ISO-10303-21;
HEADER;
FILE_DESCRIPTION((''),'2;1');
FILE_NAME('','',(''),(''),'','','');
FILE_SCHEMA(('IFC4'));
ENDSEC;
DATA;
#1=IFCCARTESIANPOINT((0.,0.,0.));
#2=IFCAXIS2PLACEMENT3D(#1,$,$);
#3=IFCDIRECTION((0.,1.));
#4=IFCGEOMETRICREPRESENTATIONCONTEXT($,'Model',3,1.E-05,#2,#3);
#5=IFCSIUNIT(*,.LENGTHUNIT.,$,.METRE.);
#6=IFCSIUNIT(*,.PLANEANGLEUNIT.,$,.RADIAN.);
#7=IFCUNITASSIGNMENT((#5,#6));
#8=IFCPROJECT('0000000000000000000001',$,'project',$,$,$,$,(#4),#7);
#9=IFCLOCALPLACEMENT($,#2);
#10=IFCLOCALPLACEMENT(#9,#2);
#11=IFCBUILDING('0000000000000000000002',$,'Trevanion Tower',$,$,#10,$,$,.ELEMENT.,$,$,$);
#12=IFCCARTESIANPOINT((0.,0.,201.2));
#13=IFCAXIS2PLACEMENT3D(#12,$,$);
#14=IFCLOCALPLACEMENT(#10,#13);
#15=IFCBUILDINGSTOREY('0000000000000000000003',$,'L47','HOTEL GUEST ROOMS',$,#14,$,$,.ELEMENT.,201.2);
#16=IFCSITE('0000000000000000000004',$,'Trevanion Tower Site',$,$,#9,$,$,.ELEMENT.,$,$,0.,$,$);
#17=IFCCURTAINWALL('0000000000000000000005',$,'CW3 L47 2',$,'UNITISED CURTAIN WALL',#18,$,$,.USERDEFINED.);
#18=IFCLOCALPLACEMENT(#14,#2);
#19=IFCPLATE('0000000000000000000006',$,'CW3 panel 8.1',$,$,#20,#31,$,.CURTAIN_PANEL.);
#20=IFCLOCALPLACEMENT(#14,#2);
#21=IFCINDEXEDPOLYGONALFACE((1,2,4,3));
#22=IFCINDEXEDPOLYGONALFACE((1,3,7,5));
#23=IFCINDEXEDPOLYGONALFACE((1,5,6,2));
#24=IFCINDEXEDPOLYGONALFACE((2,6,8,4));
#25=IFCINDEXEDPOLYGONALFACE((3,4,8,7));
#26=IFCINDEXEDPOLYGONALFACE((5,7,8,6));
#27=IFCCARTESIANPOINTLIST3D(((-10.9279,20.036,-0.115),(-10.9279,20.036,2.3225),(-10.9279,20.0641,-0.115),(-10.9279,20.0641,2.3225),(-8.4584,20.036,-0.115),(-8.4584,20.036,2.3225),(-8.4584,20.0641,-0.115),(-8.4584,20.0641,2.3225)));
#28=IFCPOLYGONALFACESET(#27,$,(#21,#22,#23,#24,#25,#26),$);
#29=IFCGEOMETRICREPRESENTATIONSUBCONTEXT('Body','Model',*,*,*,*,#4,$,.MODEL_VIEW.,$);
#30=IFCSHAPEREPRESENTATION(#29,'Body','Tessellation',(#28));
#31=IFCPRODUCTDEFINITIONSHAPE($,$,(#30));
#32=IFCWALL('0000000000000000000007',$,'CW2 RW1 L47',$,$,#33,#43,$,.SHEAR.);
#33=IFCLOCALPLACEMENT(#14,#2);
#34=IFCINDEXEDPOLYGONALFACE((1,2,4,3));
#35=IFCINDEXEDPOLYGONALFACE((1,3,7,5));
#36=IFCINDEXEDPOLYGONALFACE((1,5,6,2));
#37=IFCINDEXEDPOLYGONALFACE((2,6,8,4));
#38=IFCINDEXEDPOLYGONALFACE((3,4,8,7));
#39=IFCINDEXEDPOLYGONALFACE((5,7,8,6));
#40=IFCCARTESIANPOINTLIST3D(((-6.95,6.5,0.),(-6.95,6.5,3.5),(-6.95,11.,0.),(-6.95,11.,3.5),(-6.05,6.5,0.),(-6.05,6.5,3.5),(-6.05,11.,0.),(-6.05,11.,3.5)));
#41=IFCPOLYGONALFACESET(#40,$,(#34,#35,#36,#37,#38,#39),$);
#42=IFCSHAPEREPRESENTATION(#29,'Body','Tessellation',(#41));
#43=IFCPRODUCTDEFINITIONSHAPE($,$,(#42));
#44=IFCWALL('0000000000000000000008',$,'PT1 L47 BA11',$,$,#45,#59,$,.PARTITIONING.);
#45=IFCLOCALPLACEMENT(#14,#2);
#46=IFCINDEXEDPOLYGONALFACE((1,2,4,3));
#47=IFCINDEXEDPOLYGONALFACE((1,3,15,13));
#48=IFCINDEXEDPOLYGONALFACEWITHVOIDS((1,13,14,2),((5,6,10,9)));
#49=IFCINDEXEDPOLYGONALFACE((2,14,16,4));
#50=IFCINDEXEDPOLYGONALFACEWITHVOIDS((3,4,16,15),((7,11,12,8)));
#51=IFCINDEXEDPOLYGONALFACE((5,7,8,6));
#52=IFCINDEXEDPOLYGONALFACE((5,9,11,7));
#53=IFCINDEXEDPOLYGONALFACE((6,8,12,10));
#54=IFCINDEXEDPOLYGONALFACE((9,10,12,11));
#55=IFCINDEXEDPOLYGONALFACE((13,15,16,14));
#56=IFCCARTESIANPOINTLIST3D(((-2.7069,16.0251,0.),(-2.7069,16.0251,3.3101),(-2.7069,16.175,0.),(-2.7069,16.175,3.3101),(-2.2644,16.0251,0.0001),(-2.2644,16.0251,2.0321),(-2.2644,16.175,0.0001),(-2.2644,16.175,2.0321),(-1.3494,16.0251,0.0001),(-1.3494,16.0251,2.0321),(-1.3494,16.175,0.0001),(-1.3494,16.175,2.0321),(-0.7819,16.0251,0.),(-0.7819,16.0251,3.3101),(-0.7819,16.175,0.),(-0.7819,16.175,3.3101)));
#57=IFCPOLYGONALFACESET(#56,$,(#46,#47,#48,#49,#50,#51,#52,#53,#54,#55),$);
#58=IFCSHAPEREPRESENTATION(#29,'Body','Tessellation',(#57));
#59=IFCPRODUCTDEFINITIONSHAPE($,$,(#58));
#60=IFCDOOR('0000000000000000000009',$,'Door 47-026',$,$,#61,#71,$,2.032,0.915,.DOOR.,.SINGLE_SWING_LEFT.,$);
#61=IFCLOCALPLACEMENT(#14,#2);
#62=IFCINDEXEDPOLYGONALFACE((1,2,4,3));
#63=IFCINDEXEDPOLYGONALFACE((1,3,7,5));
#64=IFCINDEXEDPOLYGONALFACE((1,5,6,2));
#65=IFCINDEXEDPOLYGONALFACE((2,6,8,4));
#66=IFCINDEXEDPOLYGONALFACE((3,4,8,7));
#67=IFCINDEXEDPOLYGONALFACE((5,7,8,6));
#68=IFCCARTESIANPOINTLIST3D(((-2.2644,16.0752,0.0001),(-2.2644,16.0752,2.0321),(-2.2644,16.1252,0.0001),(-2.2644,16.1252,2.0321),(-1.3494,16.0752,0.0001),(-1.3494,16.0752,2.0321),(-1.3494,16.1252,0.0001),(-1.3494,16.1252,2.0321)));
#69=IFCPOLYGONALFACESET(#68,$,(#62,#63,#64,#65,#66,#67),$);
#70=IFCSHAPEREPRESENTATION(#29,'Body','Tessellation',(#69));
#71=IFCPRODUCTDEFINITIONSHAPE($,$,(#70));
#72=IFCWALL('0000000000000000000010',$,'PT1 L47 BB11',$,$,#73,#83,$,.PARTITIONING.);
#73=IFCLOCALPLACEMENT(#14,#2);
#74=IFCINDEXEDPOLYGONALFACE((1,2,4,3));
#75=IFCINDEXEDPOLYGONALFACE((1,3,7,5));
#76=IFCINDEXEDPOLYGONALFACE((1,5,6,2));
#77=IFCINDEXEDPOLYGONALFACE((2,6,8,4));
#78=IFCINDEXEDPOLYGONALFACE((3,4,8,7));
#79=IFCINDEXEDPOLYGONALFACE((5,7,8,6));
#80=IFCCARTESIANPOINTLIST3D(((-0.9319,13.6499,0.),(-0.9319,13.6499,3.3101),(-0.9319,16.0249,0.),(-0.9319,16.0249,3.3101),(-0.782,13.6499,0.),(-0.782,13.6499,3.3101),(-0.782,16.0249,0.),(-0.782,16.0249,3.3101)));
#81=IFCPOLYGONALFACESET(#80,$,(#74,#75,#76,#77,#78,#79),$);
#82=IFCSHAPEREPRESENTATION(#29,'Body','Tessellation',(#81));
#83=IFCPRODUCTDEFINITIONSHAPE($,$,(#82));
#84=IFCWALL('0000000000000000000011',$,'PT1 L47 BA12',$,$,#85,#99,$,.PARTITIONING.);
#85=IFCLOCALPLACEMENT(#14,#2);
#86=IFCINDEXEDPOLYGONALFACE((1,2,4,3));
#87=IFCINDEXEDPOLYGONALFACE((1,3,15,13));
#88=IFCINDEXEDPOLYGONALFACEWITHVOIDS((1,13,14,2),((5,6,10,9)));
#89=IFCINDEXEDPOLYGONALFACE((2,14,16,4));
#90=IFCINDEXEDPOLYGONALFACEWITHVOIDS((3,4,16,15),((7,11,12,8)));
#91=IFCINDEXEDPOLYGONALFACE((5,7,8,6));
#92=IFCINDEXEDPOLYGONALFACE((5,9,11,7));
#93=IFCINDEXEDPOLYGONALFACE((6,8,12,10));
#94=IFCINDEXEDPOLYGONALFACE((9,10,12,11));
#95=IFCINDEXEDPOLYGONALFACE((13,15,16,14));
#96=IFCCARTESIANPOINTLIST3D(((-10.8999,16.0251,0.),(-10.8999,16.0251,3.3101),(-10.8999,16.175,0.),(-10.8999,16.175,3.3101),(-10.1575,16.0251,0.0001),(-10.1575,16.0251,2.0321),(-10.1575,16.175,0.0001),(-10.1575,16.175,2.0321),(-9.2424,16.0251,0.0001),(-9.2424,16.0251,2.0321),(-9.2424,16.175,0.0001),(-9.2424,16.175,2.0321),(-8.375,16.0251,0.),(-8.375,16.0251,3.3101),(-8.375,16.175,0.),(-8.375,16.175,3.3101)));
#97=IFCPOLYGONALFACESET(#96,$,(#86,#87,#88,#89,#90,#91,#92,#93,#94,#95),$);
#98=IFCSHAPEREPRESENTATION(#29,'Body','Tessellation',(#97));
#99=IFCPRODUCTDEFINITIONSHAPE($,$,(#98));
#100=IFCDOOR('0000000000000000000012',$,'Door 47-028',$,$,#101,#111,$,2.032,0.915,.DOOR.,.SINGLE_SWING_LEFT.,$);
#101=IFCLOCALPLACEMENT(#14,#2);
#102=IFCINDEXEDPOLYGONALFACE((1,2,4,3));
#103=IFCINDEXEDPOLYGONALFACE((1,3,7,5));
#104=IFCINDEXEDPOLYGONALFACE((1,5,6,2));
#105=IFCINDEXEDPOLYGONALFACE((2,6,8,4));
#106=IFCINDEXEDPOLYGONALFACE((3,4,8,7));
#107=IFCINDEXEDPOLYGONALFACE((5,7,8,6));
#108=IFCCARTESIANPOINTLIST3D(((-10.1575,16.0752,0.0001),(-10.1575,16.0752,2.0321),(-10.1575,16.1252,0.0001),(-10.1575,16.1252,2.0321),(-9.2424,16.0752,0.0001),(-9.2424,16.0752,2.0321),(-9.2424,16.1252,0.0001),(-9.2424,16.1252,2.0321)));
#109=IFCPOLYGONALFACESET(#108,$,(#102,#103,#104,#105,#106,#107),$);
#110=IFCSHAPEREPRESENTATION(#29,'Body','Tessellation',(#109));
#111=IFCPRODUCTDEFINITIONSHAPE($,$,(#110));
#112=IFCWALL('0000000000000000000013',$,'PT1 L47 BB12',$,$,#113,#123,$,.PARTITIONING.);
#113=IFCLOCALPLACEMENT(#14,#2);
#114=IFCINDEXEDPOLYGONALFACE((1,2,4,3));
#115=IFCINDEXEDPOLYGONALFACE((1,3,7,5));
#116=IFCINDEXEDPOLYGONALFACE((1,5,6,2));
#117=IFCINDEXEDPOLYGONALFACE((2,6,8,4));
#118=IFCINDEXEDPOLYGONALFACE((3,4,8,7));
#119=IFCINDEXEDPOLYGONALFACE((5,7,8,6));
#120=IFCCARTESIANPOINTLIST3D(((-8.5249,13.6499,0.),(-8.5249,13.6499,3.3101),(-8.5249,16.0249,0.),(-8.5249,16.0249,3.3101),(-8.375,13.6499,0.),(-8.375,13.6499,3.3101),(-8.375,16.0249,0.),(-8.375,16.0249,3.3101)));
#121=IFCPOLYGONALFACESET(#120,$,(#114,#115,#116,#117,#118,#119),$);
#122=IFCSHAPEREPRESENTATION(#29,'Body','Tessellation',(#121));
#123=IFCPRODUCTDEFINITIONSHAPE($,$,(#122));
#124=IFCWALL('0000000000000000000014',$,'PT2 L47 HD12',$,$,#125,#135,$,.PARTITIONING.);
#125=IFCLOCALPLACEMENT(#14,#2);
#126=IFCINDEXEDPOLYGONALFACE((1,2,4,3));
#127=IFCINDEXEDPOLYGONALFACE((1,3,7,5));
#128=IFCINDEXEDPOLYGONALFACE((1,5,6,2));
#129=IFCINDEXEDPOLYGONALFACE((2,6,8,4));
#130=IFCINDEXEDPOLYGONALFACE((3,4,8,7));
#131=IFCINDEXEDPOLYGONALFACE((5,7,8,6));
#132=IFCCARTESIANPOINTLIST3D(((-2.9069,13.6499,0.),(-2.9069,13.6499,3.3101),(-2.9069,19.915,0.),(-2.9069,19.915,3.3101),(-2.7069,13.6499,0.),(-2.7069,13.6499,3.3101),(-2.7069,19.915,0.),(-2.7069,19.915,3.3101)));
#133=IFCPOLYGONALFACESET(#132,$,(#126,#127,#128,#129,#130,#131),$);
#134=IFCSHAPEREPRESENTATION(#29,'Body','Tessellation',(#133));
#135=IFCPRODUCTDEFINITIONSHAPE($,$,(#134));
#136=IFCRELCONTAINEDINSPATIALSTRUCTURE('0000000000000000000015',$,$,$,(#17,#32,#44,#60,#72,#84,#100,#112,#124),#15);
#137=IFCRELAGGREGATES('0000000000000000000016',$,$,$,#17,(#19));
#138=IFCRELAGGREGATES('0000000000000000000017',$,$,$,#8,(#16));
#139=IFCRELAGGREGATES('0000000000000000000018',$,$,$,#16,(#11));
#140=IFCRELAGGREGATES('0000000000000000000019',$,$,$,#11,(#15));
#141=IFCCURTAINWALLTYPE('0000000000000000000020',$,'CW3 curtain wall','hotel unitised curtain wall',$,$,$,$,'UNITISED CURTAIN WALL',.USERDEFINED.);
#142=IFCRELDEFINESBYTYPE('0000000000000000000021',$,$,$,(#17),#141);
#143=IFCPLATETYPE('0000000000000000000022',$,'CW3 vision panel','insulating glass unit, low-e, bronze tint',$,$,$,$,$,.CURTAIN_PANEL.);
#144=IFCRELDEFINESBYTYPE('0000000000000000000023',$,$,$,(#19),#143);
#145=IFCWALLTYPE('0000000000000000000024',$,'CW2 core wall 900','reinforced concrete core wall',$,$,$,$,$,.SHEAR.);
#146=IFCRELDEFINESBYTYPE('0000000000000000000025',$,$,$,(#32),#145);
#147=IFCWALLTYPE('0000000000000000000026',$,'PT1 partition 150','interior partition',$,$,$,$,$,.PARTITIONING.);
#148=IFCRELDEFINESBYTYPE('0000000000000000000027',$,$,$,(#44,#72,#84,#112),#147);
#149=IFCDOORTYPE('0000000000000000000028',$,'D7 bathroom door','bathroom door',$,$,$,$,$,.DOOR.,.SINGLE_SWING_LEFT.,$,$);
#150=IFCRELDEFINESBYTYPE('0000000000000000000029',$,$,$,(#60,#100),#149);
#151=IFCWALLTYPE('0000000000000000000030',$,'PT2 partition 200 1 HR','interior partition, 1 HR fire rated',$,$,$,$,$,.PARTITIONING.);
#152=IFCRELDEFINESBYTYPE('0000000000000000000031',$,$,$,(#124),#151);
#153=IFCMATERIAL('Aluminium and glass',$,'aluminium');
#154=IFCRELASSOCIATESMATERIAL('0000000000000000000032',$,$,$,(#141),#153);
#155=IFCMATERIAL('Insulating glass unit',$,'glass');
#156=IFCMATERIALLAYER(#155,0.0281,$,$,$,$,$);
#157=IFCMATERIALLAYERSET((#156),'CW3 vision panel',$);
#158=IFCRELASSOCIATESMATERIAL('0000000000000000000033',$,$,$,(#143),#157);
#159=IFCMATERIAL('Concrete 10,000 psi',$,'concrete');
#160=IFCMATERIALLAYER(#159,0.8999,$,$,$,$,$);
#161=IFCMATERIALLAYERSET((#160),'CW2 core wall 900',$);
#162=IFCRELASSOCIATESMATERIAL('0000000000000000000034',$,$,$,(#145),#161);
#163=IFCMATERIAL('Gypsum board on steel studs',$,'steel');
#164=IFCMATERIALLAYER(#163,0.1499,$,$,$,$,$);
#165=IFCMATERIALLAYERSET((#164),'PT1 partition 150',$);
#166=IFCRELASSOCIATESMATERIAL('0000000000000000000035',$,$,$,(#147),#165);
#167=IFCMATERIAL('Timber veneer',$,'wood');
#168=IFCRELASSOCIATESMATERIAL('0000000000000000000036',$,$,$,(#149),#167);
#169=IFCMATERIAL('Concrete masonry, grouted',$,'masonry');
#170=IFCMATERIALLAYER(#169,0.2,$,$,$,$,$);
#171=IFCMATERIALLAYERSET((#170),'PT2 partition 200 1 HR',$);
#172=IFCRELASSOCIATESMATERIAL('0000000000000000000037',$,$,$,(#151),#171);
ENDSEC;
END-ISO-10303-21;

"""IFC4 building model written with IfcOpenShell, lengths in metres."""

from ifc_helpers import new_model, si_unit, direction, frame, frame_2d, origin, origin_2d, place, context, subcontext, project, spatial, rectangle, extrude, material, layer, layer_set, type_object, element, fill, aggregate, save


model = new_model("IFC4")

# Units and contexts
model_context = context("Model", 3, precision=1e-05, world=origin(), true_north=direction((0.0, 1.0)))
body_context = subcontext(model_context, "Body", "Model", "MODEL_VIEW")
ifc_project = project(units=[si_unit("LENGTHUNIT", "METRE"), si_unit("PLANEANGLEUNIT", "RADIAN")], contexts=[model_context])

# Site, building, storey
site_placement = place(None, origin())
site = spatial("IfcSite", under=ifc_project, at=site_placement, Name="Trevanion Tower Site", CompositionType="ELEMENT", RefElevation=0.0)
building_placement = place(site_placement, origin())
building = spatial("IfcBuilding", under=site, at=building_placement, Name="Trevanion Tower", CompositionType="ELEMENT")
storey_placement = place(building_placement, frame((0.0, 0.0, 201.2)))
storey = spatial("IfcBuildingStorey", under=building, at=storey_placement, Name="L47", Description="HOTEL GUEST ROOMS", CompositionType="ELEMENT", Elevation=201.2)

# Curtain wall
ifc_material_1 = material(Name="Aluminium and glass", Category="aluminium")
curtain_wall_type = type_object("IfcCurtainWallType", Name="CW3 curtain wall", Description="hotel unitised curtain wall", ElementType="UNITISED CURTAIN WALL", PredefinedType="USERDEFINED", material=ifc_material_1)
curtain_wall_placement = place(storey_placement, origin())
curtain_wall = element("IfcCurtainWall", 1, at=curtain_wall_placement, inside=storey, type_object=curtain_wall_type, Name="CW3 L47 2", ObjectType="UNITISED CURTAIN WALL", PredefinedType="USERDEFINED")

# Plate
ifc_material_2 = material(Name="Insulating glass unit", Category="glass")
ifc_layer_1 = layer(ifc_material_2, 0.0281)
ifc_layer_set_1 = layer_set([ifc_layer_1], Name="CW3 vision panel")
plate_type_1 = type_object("IfcPlateType", Name="CW3 vision panel", Description="insulating glass unit, low-e, bronze tint", PredefinedType="CURTAIN_PANEL", material=ifc_layer_set_1)
plate_1_placement = place(storey_placement, frame((-9.6931, 20.05, -0.115), z_axis=(0.0, 0.0, 1.0), x_axis=(-1.0, 0.0, 0.0)))
plate_1 = element("IfcPlate", 2, at=plate_1_placement, type_object=plate_type_1, Name="CW3 panel 8.1", PredefinedType="CURTAIN_PANEL", context=body_context, shape_type="SweptSolid", body=[
    extrude(rectangle(XDim=2.4695, YDim=0.0281, at=origin_2d()), origin(), (0.0, 0.0, 1.0), 2.4375),
])
aggregate(curtain_wall, [plate_1])

# Wall
ifc_material_3 = material(Name="Concrete 10,000 psi", Category="concrete")
ifc_layer_2 = layer(ifc_material_3, 0.8999)
ifc_layer_set_2 = layer_set([ifc_layer_2], Name="CW2 core wall 900")
wall_type_1 = type_object("IfcWallType", Name="CW2 core wall 900", Description="reinforced concrete core wall", PredefinedType="SHEAR", material=ifc_layer_set_2)
wall_1_placement = place(storey_placement, frame((-6.5, 11.0, 0.0), z_axis=(0.0, 0.0, 1.0), x_axis=(0.0, -1.0, 0.0)))
element("IfcWall", 3, at=wall_1_placement, inside=storey, type_object=wall_type_1, Name="CW2 RW1 L47", PredefinedType="SHEAR", context=body_context, shape_type="SweptSolid", body=[
    extrude(rectangle(XDim=4.5, YDim=0.8999, at=frame_2d((2.25, 0.0))), origin(), (0.0, 0.0, 1.0), 3.5),
])

# Wall, opening, door
ifc_material_4 = material(Name="Gypsum board on steel studs", Category="steel")
ifc_layer_3 = layer(ifc_material_4, 0.1499)
ifc_layer_set_3 = layer_set([ifc_layer_3], Name="PT1 partition 150")
wall_type_2 = type_object("IfcWallType", Name="PT1 partition 150", Description="interior partition", PredefinedType="PARTITIONING", material=ifc_layer_set_3)
wall_2_placement = place(storey_placement, frame((-0.782, 16.1001, 0.0), z_axis=(0.0, 0.0, 1.0), x_axis=(-1.0, 0.0, 0.0)))
wall_2 = element("IfcWall", 4, at=wall_2_placement, inside=storey, type_object=wall_type_2, Name="PT1 L47 BA11", PredefinedType="PARTITIONING", context=body_context, shape_type="SweptSolid", body=[
    extrude(rectangle(XDim=1.925, YDim=0.1499, at=frame_2d((0.9624, 0.0))), origin(), (0.0, 0.0, 1.0), 3.3101),
])
opening_1_placement = place(wall_2_placement, frame((0.5674, 0.0, 0.0)))
opening_1 = element("IfcOpeningElement", 5, at=opening_1_placement, cuts=wall_2, PredefinedType="OPENING", context=body_context, shape_type="SweptSolid", body=[
    extrude(rectangle(XDim=0.915, YDim=2.032, at=frame_2d((0.4575, 1.0161))), frame((0.0, 0.085, 0.0), z_axis=(0.0, -1.0, 0.0), x_axis=(1.0, 0.0, 0.0)), (0.0, 0.0, 1.0), 0.1699),
])
ifc_material_5 = material(Name="Timber veneer", Category="wood")
door_type = type_object("IfcDoorType", Name="D7 bathroom door", Description="bathroom door", OperationType="SINGLE_SWING_LEFT", PredefinedType="DOOR", material=ifc_material_5)
door_1_placement = place(opening_1_placement, origin())
door_1 = element("IfcDoor", 6, at=door_1_placement, inside=storey, type_object=door_type, Name="Door 47-026", OperationType="SINGLE_SWING_LEFT", OverallHeight=2.032, OverallWidth=0.915, PredefinedType="DOOR", context=body_context, shape_type="SweptSolid", body=[
    extrude(rectangle(XDim=0.915, YDim=2.032, at=frame_2d((0.4575, 1.0161))), frame((0.0, 0.0249, 0.0), z_axis=(0.0, -1.0, 0.0), x_axis=(1.0, 0.0, 0.0)), (0.0, 0.0, 1.0), 0.05),
])
fill(opening_1, door_1)

# Wall
wall_3_placement = place(storey_placement, frame((-0.8569, 13.6499, 0.0), z_axis=(0.0, 0.0, 1.0), x_axis=(0.0, 1.0, 0.0)))
element("IfcWall", 7, at=wall_3_placement, inside=storey, type_object=wall_type_2, Name="PT1 L47 BB11", PredefinedType="PARTITIONING", context=body_context, shape_type="SweptSolid", body=[
    extrude(rectangle(XDim=2.375, YDim=0.1499, at=frame_2d((1.1875, 0.0))), origin(), (0.0, 0.0, 1.0), 3.3101),
])

# Wall, opening, door
wall_4_placement = place(storey_placement, frame((-8.375, 16.1001, 0.0), z_axis=(0.0, 0.0, 1.0), x_axis=(-1.0, 0.0, 0.0)))
wall_4 = element("IfcWall", 8, at=wall_4_placement, inside=storey, type_object=wall_type_2, Name="PT1 L47 BA12", PredefinedType="PARTITIONING", context=body_context, shape_type="SweptSolid", body=[
    extrude(rectangle(XDim=2.5249, YDim=0.1499, at=frame_2d((1.2625, 0.0))), origin(), (0.0, 0.0, 1.0), 3.3101),
])
opening_2_placement = place(wall_4_placement, frame((0.8674, 0.0, 0.0)))
opening_2 = element("IfcOpeningElement", 9, at=opening_2_placement, cuts=wall_4, PredefinedType="OPENING", context=body_context, shape_type="SweptSolid", body=[
    extrude(rectangle(XDim=0.915, YDim=2.032, at=frame_2d((0.4575, 1.0161))), frame((0.0, 0.085, 0.0), z_axis=(0.0, -1.0, 0.0), x_axis=(1.0, 0.0, 0.0)), (0.0, 0.0, 1.0), 0.1699),
])
door_2_placement = place(opening_2_placement, origin())
door_2 = element("IfcDoor", 10, at=door_2_placement, inside=storey, type_object=door_type, Name="Door 47-028", OperationType="SINGLE_SWING_LEFT", OverallHeight=2.032, OverallWidth=0.915, PredefinedType="DOOR", context=body_context, shape_type="SweptSolid", body=[
    extrude(rectangle(XDim=0.915, YDim=2.032, at=frame_2d((0.4575, 1.0161))), frame((0.0, 0.0249, 0.0), z_axis=(0.0, -1.0, 0.0), x_axis=(1.0, 0.0, 0.0)), (0.0, 0.0, 1.0), 0.05),
])
fill(opening_2, door_2)

# Walls
wall_5_placement = place(storey_placement, frame((-8.45, 13.6499, 0.0), z_axis=(0.0, 0.0, 1.0), x_axis=(0.0, 1.0, 0.0)))
element("IfcWall", 11, at=wall_5_placement, inside=storey, type_object=wall_type_2, Name="PT1 L47 BB12", PredefinedType="PARTITIONING", context=body_context, shape_type="SweptSolid", body=[
    extrude(rectangle(XDim=2.375, YDim=0.1499, at=frame_2d((1.1875, 0.0))), origin(), (0.0, 0.0, 1.0), 3.3101),
])
ifc_material_6 = material(Name="Concrete masonry, grouted", Category="masonry")
ifc_layer_4 = layer(ifc_material_6, 0.2)
ifc_layer_set_4 = layer_set([ifc_layer_4], Name="PT2 partition 200 1 HR")
wall_type_3 = type_object("IfcWallType", Name="PT2 partition 200 1 HR", Description="interior partition, 1 HR fire rated", PredefinedType="PARTITIONING", material=ifc_layer_set_4)
wall_6_placement = place(storey_placement, frame((-2.8069, 13.6499, 0.0), z_axis=(0.0, 0.0, 1.0), x_axis=(0.0, 1.0, 0.0)))
element("IfcWall", 12, at=wall_6_placement, inside=storey, type_object=wall_type_3, Name="PT2 L47 HD12", PredefinedType="PARTITIONING", context=body_context, shape_type="SweptSolid", body=[
    extrude(rectangle(XDim=6.2651, YDim=0.2, at=frame_2d((3.1326, 0.0))), origin(), (0.0, 0.0, 1.0), 3.3101),
])

save(model, "model.ifc")
